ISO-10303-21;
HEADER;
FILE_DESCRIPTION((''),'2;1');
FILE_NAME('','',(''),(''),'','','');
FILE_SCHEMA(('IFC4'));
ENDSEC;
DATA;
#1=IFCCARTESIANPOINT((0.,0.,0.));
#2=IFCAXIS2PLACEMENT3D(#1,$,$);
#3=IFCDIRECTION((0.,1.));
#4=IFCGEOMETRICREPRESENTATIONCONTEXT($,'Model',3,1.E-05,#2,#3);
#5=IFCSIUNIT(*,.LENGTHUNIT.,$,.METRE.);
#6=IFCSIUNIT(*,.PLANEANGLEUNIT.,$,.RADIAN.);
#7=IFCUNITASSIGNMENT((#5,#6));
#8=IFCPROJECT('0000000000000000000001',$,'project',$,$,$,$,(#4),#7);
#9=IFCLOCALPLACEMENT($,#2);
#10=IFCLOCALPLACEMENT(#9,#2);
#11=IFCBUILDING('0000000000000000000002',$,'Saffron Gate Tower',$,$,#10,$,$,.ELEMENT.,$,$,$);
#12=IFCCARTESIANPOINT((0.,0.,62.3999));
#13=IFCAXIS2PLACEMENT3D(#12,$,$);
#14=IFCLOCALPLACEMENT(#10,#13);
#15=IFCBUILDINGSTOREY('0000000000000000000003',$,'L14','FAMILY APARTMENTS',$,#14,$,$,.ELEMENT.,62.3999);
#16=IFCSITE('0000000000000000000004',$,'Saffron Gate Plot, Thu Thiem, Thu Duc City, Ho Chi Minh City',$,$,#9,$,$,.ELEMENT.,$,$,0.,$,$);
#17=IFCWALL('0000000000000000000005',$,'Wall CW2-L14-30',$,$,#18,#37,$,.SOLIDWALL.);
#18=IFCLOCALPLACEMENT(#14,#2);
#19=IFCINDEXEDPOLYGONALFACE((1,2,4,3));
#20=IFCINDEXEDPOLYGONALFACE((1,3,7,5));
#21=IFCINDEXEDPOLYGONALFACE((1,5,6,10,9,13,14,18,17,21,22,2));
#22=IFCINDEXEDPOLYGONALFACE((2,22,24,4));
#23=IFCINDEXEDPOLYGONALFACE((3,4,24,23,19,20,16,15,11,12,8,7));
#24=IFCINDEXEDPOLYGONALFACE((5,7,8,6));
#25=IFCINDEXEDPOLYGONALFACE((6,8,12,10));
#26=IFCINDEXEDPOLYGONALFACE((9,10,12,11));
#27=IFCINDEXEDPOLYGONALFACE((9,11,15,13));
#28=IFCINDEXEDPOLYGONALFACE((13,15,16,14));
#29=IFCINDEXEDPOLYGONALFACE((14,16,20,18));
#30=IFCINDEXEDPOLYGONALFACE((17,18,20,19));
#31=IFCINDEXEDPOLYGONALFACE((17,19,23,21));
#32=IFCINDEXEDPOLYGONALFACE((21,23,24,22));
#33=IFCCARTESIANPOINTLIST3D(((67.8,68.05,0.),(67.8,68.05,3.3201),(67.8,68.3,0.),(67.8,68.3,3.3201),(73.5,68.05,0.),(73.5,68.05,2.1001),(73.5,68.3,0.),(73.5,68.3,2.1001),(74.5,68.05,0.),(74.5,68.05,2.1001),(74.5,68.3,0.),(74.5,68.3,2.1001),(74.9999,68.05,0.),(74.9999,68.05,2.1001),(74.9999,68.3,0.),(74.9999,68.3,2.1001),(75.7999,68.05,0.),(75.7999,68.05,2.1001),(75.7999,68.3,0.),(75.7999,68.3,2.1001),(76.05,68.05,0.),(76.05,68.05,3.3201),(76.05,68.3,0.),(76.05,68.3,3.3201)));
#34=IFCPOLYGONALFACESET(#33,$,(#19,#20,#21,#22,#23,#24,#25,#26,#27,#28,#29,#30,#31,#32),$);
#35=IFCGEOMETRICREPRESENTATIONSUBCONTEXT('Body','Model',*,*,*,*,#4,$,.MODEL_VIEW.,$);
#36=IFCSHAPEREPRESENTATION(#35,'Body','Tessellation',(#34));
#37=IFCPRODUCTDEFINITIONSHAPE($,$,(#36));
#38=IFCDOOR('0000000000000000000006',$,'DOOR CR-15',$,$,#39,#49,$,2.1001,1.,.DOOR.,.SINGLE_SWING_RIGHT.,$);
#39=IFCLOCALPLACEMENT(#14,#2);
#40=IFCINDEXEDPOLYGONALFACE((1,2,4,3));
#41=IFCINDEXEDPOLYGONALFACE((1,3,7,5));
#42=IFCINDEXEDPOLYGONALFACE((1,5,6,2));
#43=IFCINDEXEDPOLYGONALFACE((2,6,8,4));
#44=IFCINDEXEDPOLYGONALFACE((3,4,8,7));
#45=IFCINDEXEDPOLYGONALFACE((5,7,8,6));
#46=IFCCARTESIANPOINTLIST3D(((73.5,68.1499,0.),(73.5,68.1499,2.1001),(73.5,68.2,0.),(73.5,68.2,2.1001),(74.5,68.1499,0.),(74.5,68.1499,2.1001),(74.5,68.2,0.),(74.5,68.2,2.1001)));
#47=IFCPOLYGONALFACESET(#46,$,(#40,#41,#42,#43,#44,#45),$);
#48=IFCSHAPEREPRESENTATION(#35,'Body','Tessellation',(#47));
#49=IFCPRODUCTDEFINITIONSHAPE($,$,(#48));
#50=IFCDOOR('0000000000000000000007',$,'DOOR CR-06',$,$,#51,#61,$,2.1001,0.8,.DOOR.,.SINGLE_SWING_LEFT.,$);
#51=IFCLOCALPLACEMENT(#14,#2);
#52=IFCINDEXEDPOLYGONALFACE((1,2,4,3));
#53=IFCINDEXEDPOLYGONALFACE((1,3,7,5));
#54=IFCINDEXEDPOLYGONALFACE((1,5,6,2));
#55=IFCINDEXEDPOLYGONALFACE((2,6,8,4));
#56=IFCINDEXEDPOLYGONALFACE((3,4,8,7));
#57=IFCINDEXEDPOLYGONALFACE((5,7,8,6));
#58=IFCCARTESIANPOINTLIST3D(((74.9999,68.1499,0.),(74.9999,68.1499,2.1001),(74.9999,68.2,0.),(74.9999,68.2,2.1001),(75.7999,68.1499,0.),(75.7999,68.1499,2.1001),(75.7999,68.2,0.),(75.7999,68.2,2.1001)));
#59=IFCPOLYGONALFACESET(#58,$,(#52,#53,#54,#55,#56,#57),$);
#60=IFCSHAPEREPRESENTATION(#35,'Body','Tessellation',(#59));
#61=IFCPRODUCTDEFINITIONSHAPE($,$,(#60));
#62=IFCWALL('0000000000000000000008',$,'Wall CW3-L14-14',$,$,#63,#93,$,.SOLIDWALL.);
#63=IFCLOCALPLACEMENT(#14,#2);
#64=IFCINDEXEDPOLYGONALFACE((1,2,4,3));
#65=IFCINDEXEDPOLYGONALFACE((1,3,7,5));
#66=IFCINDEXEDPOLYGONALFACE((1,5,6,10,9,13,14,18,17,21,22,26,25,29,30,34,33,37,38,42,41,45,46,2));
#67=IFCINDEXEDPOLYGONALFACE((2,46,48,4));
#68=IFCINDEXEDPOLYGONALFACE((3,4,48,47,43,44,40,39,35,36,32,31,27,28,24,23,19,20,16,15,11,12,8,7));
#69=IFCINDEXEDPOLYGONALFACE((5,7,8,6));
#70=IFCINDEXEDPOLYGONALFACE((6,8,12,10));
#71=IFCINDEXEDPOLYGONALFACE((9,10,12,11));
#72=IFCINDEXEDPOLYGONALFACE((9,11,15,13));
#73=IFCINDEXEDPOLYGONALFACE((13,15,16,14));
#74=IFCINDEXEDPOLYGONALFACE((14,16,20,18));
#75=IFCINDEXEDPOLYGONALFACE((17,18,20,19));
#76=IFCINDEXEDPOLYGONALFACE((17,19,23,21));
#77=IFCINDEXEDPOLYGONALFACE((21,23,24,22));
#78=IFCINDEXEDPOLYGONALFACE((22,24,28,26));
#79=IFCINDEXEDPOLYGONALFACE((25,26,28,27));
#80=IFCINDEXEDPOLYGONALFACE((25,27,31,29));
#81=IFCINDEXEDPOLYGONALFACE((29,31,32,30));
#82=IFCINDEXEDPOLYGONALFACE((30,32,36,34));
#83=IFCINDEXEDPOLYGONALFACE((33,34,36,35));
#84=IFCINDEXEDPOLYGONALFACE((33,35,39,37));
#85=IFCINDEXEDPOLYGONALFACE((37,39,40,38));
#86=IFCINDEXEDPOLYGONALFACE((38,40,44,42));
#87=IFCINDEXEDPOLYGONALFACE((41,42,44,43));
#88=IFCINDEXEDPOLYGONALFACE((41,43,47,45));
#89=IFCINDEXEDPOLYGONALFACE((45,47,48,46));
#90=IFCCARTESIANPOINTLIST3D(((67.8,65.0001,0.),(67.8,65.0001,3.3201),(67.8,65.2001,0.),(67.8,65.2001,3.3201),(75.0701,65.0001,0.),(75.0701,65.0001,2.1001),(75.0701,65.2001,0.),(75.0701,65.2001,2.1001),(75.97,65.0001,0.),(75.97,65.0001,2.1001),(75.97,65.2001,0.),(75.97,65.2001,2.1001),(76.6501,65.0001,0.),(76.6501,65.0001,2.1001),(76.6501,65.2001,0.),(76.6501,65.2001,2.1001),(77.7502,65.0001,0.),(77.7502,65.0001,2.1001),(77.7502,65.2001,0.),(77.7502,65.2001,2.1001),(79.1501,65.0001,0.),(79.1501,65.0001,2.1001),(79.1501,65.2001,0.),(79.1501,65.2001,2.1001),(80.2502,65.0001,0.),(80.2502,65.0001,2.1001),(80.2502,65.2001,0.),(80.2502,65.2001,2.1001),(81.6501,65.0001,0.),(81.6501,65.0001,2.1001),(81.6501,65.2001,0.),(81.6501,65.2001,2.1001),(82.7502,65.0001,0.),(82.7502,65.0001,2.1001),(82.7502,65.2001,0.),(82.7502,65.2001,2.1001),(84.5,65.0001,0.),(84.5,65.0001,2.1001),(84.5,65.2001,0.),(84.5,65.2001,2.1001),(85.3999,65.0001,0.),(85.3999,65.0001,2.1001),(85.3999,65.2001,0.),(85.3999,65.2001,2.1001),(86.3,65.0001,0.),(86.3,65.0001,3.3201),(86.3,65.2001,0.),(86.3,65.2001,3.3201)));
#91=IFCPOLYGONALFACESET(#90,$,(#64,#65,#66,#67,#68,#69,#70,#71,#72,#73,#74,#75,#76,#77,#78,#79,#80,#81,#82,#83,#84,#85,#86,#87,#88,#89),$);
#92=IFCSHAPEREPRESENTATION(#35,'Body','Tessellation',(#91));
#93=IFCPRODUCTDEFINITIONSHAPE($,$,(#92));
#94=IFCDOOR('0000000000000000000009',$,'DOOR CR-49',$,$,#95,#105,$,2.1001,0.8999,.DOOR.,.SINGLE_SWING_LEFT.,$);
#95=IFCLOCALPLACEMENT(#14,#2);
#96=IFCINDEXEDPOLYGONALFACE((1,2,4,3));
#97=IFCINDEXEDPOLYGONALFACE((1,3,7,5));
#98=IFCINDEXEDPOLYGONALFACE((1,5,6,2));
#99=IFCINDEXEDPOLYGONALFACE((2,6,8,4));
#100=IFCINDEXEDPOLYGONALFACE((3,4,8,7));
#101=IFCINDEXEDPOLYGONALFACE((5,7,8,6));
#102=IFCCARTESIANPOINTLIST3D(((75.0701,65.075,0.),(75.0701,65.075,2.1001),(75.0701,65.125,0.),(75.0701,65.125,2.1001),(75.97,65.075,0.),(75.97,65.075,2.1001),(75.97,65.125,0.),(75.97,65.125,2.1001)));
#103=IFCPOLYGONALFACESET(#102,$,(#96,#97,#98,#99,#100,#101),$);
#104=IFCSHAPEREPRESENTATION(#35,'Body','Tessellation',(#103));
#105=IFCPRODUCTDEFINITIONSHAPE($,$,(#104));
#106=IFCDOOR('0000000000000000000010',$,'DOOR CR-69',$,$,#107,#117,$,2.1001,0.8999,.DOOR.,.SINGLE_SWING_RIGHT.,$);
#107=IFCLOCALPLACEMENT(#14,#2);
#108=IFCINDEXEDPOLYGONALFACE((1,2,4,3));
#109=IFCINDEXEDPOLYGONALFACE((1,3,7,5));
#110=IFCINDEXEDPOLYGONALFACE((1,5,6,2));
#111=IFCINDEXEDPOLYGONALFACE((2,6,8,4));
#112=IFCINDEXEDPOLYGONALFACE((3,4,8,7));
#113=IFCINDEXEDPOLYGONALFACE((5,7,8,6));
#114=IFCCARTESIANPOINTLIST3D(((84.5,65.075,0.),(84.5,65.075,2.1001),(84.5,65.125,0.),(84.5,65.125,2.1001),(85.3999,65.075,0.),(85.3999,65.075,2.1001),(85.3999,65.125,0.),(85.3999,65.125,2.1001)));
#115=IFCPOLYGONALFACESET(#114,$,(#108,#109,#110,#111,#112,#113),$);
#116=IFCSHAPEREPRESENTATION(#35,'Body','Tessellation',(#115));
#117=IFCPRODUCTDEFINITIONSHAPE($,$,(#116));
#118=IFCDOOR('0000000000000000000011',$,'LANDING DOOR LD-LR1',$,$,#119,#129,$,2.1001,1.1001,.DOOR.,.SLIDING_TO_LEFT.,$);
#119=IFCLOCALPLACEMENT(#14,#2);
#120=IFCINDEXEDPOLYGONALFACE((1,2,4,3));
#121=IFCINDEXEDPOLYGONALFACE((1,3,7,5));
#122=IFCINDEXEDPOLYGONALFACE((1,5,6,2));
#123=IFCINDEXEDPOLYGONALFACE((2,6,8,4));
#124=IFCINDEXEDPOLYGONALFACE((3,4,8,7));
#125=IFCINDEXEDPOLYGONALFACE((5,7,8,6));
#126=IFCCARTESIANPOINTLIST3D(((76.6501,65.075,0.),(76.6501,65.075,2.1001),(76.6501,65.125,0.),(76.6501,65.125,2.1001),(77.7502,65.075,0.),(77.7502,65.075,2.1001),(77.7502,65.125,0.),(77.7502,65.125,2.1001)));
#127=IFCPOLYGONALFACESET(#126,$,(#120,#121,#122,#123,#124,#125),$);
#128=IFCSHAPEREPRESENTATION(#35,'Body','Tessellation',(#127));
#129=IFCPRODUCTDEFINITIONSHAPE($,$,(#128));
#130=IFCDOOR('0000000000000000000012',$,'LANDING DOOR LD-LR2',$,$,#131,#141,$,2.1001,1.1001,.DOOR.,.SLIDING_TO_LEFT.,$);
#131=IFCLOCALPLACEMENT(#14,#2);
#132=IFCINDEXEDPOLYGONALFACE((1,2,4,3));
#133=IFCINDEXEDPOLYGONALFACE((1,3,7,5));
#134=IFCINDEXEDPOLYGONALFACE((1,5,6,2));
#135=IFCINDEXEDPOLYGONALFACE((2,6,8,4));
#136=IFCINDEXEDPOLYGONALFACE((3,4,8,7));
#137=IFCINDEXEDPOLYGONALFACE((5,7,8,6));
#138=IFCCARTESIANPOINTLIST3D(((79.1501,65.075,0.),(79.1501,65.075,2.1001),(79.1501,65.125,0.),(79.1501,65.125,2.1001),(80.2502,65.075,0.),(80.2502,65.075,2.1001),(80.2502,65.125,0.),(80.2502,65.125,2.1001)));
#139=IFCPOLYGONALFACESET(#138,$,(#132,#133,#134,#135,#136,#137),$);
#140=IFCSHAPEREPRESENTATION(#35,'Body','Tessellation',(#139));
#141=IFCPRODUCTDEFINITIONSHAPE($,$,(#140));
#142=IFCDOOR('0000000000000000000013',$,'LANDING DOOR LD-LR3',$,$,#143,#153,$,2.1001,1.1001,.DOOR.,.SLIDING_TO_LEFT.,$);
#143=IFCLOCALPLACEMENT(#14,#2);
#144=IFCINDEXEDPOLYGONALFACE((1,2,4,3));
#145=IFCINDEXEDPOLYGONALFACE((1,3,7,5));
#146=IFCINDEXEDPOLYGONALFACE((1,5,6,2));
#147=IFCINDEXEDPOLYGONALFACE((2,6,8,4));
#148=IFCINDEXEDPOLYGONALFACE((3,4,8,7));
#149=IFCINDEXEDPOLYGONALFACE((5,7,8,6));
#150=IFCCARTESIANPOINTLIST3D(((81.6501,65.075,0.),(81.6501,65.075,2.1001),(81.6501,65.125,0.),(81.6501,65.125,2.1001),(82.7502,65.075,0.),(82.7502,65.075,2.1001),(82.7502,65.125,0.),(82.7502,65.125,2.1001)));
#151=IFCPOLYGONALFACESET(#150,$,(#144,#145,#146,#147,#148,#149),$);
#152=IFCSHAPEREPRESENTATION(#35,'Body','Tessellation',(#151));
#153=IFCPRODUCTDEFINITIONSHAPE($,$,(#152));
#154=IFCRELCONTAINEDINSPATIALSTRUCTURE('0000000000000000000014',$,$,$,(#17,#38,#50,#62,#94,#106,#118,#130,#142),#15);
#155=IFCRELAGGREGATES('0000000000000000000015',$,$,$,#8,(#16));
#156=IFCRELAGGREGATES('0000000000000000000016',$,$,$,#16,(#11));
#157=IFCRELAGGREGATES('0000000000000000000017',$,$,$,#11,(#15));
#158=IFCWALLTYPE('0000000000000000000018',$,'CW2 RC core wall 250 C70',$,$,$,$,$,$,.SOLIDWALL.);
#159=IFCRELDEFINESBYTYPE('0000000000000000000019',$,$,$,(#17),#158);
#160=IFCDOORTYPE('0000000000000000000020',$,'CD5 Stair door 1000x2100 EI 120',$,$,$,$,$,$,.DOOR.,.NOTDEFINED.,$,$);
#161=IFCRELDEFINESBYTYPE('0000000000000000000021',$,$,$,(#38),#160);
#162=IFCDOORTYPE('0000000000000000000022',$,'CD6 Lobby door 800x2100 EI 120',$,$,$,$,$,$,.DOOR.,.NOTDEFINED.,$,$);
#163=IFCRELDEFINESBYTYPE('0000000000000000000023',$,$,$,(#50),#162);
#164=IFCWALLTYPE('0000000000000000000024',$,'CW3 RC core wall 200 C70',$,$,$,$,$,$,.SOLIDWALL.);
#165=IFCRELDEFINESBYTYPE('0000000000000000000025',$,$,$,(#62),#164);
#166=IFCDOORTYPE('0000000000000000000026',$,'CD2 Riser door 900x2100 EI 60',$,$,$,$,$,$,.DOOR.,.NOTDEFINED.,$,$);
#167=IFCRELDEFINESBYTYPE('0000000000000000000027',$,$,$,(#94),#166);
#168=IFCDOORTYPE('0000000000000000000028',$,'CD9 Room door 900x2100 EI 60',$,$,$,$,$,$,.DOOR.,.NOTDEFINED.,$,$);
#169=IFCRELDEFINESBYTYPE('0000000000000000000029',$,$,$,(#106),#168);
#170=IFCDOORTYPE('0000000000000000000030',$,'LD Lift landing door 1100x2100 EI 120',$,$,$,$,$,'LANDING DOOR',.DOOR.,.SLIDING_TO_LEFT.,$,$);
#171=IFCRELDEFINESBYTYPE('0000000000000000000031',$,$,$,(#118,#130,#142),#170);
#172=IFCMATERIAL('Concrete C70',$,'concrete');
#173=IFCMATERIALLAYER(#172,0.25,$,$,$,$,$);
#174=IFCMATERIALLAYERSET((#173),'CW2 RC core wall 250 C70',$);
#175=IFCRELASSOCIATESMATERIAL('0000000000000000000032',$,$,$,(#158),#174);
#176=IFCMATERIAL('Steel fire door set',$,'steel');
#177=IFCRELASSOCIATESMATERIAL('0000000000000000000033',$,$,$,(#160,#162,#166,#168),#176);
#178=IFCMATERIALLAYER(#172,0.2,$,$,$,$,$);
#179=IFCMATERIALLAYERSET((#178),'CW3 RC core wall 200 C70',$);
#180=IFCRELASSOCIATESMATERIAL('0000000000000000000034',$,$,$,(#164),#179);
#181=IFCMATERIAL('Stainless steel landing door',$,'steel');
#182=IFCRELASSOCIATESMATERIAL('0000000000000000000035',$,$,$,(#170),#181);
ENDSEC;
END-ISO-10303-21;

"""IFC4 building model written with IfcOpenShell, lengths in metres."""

from ifc_helpers import new_model, si_unit, direction, frame, frame_2d, origin, place, context, subcontext, project, spatial, rectangle, extrude, material, layer, layer_set, type_object, element, fill, save


model = new_model("IFC4")

# Units and contexts
model_context = context("Model", 3, precision=1e-05, world=origin(), true_north=direction((0.0, 1.0)))
body_context = subcontext(model_context, "Body", "Model", "MODEL_VIEW")
ifc_project = project(units=[si_unit("LENGTHUNIT", "METRE"), si_unit("PLANEANGLEUNIT", "RADIAN")], contexts=[model_context])

# Site, building, storey
site_placement = place(None, origin())
site = spatial("IfcSite", under=ifc_project, at=site_placement, Name="Saffron Gate Plot, Thu Thiem, Thu Duc City, Ho Chi Minh City", CompositionType="ELEMENT", RefElevation=0.0)
building_placement = place(site_placement, origin())
building = spatial("IfcBuilding", under=site, at=building_placement, Name="Saffron Gate Tower", CompositionType="ELEMENT")
storey_placement = place(building_placement, frame((0.0, 0.0, 62.3999)))
storey = spatial("IfcBuildingStorey", under=building, at=storey_placement, Name="L14", Description="FAMILY APARTMENTS", CompositionType="ELEMENT", Elevation=62.3999)

# Shared definitions
ifc_material_1 = material(Name="Concrete C70", Category="concrete")

# Walls, openings, doors
ifc_layer_1 = layer(ifc_material_1, 0.25)
ifc_layer_set_1 = layer_set([ifc_layer_1], Name="CW2 RC core wall 250 C70")
wall_type_1 = type_object("IfcWallType", Name="CW2 RC core wall 250 C70", PredefinedType="SOLIDWALL", material=ifc_layer_set_1)
wall_1_placement = place(storey_placement, frame((67.8, 68.175, 0.0), z_axis=(0.0, 0.0, 1.0), x_axis=(1.0, 0.0, 0.0)))
wall_1 = element("IfcWall", 1, at=wall_1_placement, inside=storey, type_object=wall_type_1, Name="Wall CW2-L14-30", PredefinedType="SOLIDWALL", context=body_context, shape_type="SweptSolid", body=[
    extrude(rectangle(XDim=8.25, YDim=0.25, at=frame_2d((4.125, 0.0))), origin(), (0.0, 0.0, 1.0), 3.3201),
])
opening_1_placement = place(wall_1_placement, frame((5.7, 0.0, 0.0)))
opening_1 = element("IfcOpeningElement", 2, at=opening_1_placement, cuts=wall_1, PredefinedType="OPENING", context=body_context, shape_type="SweptSolid", body=[
    extrude(rectangle(XDim=1.0, YDim=2.1001, at=frame_2d((0.5, 1.05))), frame((0.0, 0.135, 0.0), z_axis=(0.0, -1.0, 0.0), x_axis=(1.0, 0.0, 0.0)), (0.0, 0.0, 1.0), 0.27),
])
opening_2_placement = place(wall_1_placement, frame((7.2, 0.0, 0.0)))
opening_2 = element("IfcOpeningElement", 3, at=opening_2_placement, cuts=wall_1, PredefinedType="OPENING", context=body_context, shape_type="SweptSolid", body=[
    extrude(rectangle(XDim=0.8, YDim=2.1001, at=frame_2d((0.3999, 1.05))), frame((0.0, 0.135, 0.0), z_axis=(0.0, -1.0, 0.0), x_axis=(1.0, 0.0, 0.0)), (0.0, 0.0, 1.0), 0.27),
])
ifc_material_2 = material(Name="Steel fire door set", Category="steel")
door_type_1 = type_object("IfcDoorType", Name="CD5 Stair door 1000x2100 EI 120", OperationType="NOTDEFINED", PredefinedType="DOOR", material=ifc_material_2)
door_1_placement = place(opening_1_placement, origin())
door_1 = element("IfcDoor", 4, at=door_1_placement, inside=storey, type_object=door_type_1, Name="DOOR CR-15", OperationType="SINGLE_SWING_RIGHT", OverallHeight=2.1001, OverallWidth=1.0, PredefinedType="DOOR", context=body_context, shape_type="SweptSolid", body=[
    extrude(rectangle(XDim=1.0, YDim=2.1001, at=frame_2d((0.5, 1.05))), frame((0.0, 0.0249, 0.0), z_axis=(0.0, -1.0, 0.0), x_axis=(1.0, 0.0, 0.0)), (0.0, 0.0, 1.0), 0.05),
])
fill(opening_1, door_1)
door_type_2 = type_object("IfcDoorType", Name="CD6 Lobby door 800x2100 EI 120", OperationType="NOTDEFINED", PredefinedType="DOOR", material=ifc_material_2)
door_2_placement = place(opening_2_placement, origin())
door_2 = element("IfcDoor", 5, at=door_2_placement, inside=storey, type_object=door_type_2, Name="DOOR CR-06", OperationType="SINGLE_SWING_LEFT", OverallHeight=2.1001, OverallWidth=0.8, PredefinedType="DOOR", context=body_context, shape_type="SweptSolid", body=[
    extrude(rectangle(XDim=0.8, YDim=2.1001, at=frame_2d((0.3999, 1.05))), frame((0.0, 0.0249, 0.0), z_axis=(0.0, -1.0, 0.0), x_axis=(1.0, 0.0, 0.0)), (0.0, 0.0, 1.0), 0.05),
])
fill(opening_2, door_2)
ifc_layer_2 = layer(ifc_material_1, 0.2)
ifc_layer_set_2 = layer_set([ifc_layer_2], Name="CW3 RC core wall 200 C70")
wall_type_2 = type_object("IfcWallType", Name="CW3 RC core wall 200 C70", PredefinedType="SOLIDWALL", material=ifc_layer_set_2)
wall_2_placement = place(storey_placement, frame((67.8, 65.1001, 0.0), z_axis=(0.0, 0.0, 1.0), x_axis=(1.0, 0.0, 0.0)))
wall_2 = element("IfcWall", 6, at=wall_2_placement, inside=storey, type_object=wall_type_2, Name="Wall CW3-L14-14", PredefinedType="SOLIDWALL", context=body_context, shape_type="SweptSolid", body=[
    extrude(rectangle(XDim=18.5, YDim=0.2, at=frame_2d((9.25, 0.0))), origin(), (0.0, 0.0, 1.0), 3.3201),
])
opening_3_placement = place(wall_2_placement, frame((7.27, 0.0, 0.0)))
opening_3 = element("IfcOpeningElement", 7, at=opening_3_placement, cuts=wall_2, PredefinedType="OPENING", context=body_context, shape_type="SweptSolid", body=[
    extrude(rectangle(XDim=0.8999, YDim=2.1001, at=frame_2d((0.45, 1.05))), frame((0.0, 0.1099, 0.0), z_axis=(0.0, -1.0, 0.0), x_axis=(1.0, 0.0, 0.0)), (0.0, 0.0, 1.0), 0.22),
])
opening_4_placement = place(wall_2_placement, frame((8.8501, 0.0, 0.0)))
opening_4 = element("IfcOpeningElement", 8, at=opening_4_placement, cuts=wall_2, PredefinedType="OPENING", context=body_context, shape_type="SweptSolid", body=[
    extrude(rectangle(XDim=1.1001, YDim=2.1001, at=frame_2d((0.55, 1.05))), frame((0.0, 0.1099, 0.0), z_axis=(0.0, -1.0, 0.0), x_axis=(1.0, 0.0, 0.0)), (0.0, 0.0, 1.0), 0.22),
])
opening_5_placement = place(wall_2_placement, frame((11.3501, 0.0, 0.0)))
opening_5 = element("IfcOpeningElement", 9, at=opening_5_placement, cuts=wall_2, PredefinedType="OPENING", context=body_context, shape_type="SweptSolid", body=[
    extrude(rectangle(XDim=1.1001, YDim=2.1001, at=frame_2d((0.55, 1.05))), frame((0.0, 0.1099, 0.0), z_axis=(0.0, -1.0, 0.0), x_axis=(1.0, 0.0, 0.0)), (0.0, 0.0, 1.0), 0.22),
])
opening_6_placement = place(wall_2_placement, frame((13.8501, 0.0, 0.0)))
opening_6 = element("IfcOpeningElement", 10, at=opening_6_placement, cuts=wall_2, PredefinedType="OPENING", context=body_context, shape_type="SweptSolid", body=[
    extrude(rectangle(XDim=1.1001, YDim=2.1001, at=frame_2d((0.55, 1.05))), frame((0.0, 0.1099, 0.0), z_axis=(0.0, -1.0, 0.0), x_axis=(1.0, 0.0, 0.0)), (0.0, 0.0, 1.0), 0.22),
])
opening_7_placement = place(wall_2_placement, frame((16.7, 0.0, 0.0)))
opening_7 = element("IfcOpeningElement", 11, at=opening_7_placement, cuts=wall_2, PredefinedType="OPENING", context=body_context, shape_type="SweptSolid", body=[
    extrude(rectangle(XDim=0.8999, YDim=2.1001, at=frame_2d((0.45, 1.05))), frame((0.0, 0.1099, 0.0), z_axis=(0.0, -1.0, 0.0), x_axis=(1.0, 0.0, 0.0)), (0.0, 0.0, 1.0), 0.22),
])
door_type_3 = type_object("IfcDoorType", Name="CD2 Riser door 900x2100 EI 60", OperationType="NOTDEFINED", PredefinedType="DOOR", material=ifc_material_2)
door_3_placement = place(opening_3_placement, origin())
door_3 = element("IfcDoor", 12, at=door_3_placement, inside=storey, type_object=door_type_3, Name="DOOR CR-49", OperationType="SINGLE_SWING_LEFT", OverallHeight=2.1001, OverallWidth=0.8999, PredefinedType="DOOR", context=body_context, shape_type="SweptSolid", body=[
    extrude(rectangle(XDim=0.8999, YDim=2.1001, at=frame_2d((0.45, 1.05))), frame((0.0, 0.0249, 0.0), z_axis=(0.0, -1.0, 0.0), x_axis=(1.0, 0.0, 0.0)), (0.0, 0.0, 1.0), 0.05),
])
fill(opening_3, door_3)
door_type_4 = type_object("IfcDoorType", Name="CD9 Room door 900x2100 EI 60", OperationType="NOTDEFINED", PredefinedType="DOOR", material=ifc_material_2)
door_4_placement = place(opening_7_placement, origin())
door_4 = element("IfcDoor", 13, at=door_4_placement, inside=storey, type_object=door_type_4, Name="DOOR CR-69", OperationType="SINGLE_SWING_RIGHT", OverallHeight=2.1001, OverallWidth=0.8999, PredefinedType="DOOR", context=body_context, shape_type="SweptSolid", body=[
    extrude(rectangle(XDim=0.8999, YDim=2.1001, at=frame_2d((0.45, 1.05))), frame((0.0, 0.0249, 0.0), z_axis=(0.0, -1.0, 0.0), x_axis=(1.0, 0.0, 0.0)), (0.0, 0.0, 1.0), 0.05),
])
fill(opening_7, door_4)
ifc_material_3 = material(Name="Stainless steel landing door", Category="steel")
door_type_5 = type_object("IfcDoorType", Name="LD Lift landing door 1100x2100 EI 120", ElementType="LANDING DOOR", OperationType="SLIDING_TO_LEFT", PredefinedType="DOOR", material=ifc_material_3)
door_5_placement = place(opening_4_placement, origin())
door_5 = element("IfcDoor", 14, at=door_5_placement, inside=storey, type_object=door_type_5, Name="LANDING DOOR LD-LR1", OperationType="SLIDING_TO_LEFT", OverallHeight=2.1001, OverallWidth=1.1001, PredefinedType="DOOR", context=body_context, shape_type="SweptSolid", body=[
    extrude(rectangle(XDim=1.1001, YDim=2.1001, at=frame_2d((0.55, 1.05))), frame((0.0, 0.0249, 0.0), z_axis=(0.0, -1.0, 0.0), x_axis=(1.0, 0.0, 0.0)), (0.0, 0.0, 1.0), 0.05),
])
fill(opening_4, door_5)
door_6_placement = place(opening_5_placement, origin())
door_6 = element("IfcDoor", 15, at=door_6_placement, inside=storey, type_object=door_type_5, Name="LANDING DOOR LD-LR2", OperationType="SLIDING_TO_LEFT", OverallHeight=2.1001, OverallWidth=1.1001, PredefinedType="DOOR", context=body_context, shape_type="SweptSolid", body=[
    extrude(rectangle(XDim=1.1001, YDim=2.1001, at=frame_2d((0.55, 1.05))), frame((0.0, 0.0249, 0.0), z_axis=(0.0, -1.0, 0.0), x_axis=(1.0, 0.0, 0.0)), (0.0, 0.0, 1.0), 0.05),
])
fill(opening_5, door_6)
door_7_placement = place(opening_6_placement, origin())
door_7 = element("IfcDoor", 16, at=door_7_placement, inside=storey, type_object=door_type_5, Name="LANDING DOOR LD-LR3", OperationType="SLIDING_TO_LEFT", OverallHeight=2.1001, OverallWidth=1.1001, PredefinedType="DOOR", context=body_context, shape_type="SweptSolid", body=[
    extrude(rectangle(XDim=1.1001, YDim=2.1001, at=frame_2d((0.55, 1.05))), frame((0.0, 0.0249, 0.0), z_axis=(0.0, -1.0, 0.0), x_axis=(1.0, 0.0, 0.0)), (0.0, 0.0, 1.0), 0.05),
])
fill(opening_6, door_7)

save(model, "model.ifc")
